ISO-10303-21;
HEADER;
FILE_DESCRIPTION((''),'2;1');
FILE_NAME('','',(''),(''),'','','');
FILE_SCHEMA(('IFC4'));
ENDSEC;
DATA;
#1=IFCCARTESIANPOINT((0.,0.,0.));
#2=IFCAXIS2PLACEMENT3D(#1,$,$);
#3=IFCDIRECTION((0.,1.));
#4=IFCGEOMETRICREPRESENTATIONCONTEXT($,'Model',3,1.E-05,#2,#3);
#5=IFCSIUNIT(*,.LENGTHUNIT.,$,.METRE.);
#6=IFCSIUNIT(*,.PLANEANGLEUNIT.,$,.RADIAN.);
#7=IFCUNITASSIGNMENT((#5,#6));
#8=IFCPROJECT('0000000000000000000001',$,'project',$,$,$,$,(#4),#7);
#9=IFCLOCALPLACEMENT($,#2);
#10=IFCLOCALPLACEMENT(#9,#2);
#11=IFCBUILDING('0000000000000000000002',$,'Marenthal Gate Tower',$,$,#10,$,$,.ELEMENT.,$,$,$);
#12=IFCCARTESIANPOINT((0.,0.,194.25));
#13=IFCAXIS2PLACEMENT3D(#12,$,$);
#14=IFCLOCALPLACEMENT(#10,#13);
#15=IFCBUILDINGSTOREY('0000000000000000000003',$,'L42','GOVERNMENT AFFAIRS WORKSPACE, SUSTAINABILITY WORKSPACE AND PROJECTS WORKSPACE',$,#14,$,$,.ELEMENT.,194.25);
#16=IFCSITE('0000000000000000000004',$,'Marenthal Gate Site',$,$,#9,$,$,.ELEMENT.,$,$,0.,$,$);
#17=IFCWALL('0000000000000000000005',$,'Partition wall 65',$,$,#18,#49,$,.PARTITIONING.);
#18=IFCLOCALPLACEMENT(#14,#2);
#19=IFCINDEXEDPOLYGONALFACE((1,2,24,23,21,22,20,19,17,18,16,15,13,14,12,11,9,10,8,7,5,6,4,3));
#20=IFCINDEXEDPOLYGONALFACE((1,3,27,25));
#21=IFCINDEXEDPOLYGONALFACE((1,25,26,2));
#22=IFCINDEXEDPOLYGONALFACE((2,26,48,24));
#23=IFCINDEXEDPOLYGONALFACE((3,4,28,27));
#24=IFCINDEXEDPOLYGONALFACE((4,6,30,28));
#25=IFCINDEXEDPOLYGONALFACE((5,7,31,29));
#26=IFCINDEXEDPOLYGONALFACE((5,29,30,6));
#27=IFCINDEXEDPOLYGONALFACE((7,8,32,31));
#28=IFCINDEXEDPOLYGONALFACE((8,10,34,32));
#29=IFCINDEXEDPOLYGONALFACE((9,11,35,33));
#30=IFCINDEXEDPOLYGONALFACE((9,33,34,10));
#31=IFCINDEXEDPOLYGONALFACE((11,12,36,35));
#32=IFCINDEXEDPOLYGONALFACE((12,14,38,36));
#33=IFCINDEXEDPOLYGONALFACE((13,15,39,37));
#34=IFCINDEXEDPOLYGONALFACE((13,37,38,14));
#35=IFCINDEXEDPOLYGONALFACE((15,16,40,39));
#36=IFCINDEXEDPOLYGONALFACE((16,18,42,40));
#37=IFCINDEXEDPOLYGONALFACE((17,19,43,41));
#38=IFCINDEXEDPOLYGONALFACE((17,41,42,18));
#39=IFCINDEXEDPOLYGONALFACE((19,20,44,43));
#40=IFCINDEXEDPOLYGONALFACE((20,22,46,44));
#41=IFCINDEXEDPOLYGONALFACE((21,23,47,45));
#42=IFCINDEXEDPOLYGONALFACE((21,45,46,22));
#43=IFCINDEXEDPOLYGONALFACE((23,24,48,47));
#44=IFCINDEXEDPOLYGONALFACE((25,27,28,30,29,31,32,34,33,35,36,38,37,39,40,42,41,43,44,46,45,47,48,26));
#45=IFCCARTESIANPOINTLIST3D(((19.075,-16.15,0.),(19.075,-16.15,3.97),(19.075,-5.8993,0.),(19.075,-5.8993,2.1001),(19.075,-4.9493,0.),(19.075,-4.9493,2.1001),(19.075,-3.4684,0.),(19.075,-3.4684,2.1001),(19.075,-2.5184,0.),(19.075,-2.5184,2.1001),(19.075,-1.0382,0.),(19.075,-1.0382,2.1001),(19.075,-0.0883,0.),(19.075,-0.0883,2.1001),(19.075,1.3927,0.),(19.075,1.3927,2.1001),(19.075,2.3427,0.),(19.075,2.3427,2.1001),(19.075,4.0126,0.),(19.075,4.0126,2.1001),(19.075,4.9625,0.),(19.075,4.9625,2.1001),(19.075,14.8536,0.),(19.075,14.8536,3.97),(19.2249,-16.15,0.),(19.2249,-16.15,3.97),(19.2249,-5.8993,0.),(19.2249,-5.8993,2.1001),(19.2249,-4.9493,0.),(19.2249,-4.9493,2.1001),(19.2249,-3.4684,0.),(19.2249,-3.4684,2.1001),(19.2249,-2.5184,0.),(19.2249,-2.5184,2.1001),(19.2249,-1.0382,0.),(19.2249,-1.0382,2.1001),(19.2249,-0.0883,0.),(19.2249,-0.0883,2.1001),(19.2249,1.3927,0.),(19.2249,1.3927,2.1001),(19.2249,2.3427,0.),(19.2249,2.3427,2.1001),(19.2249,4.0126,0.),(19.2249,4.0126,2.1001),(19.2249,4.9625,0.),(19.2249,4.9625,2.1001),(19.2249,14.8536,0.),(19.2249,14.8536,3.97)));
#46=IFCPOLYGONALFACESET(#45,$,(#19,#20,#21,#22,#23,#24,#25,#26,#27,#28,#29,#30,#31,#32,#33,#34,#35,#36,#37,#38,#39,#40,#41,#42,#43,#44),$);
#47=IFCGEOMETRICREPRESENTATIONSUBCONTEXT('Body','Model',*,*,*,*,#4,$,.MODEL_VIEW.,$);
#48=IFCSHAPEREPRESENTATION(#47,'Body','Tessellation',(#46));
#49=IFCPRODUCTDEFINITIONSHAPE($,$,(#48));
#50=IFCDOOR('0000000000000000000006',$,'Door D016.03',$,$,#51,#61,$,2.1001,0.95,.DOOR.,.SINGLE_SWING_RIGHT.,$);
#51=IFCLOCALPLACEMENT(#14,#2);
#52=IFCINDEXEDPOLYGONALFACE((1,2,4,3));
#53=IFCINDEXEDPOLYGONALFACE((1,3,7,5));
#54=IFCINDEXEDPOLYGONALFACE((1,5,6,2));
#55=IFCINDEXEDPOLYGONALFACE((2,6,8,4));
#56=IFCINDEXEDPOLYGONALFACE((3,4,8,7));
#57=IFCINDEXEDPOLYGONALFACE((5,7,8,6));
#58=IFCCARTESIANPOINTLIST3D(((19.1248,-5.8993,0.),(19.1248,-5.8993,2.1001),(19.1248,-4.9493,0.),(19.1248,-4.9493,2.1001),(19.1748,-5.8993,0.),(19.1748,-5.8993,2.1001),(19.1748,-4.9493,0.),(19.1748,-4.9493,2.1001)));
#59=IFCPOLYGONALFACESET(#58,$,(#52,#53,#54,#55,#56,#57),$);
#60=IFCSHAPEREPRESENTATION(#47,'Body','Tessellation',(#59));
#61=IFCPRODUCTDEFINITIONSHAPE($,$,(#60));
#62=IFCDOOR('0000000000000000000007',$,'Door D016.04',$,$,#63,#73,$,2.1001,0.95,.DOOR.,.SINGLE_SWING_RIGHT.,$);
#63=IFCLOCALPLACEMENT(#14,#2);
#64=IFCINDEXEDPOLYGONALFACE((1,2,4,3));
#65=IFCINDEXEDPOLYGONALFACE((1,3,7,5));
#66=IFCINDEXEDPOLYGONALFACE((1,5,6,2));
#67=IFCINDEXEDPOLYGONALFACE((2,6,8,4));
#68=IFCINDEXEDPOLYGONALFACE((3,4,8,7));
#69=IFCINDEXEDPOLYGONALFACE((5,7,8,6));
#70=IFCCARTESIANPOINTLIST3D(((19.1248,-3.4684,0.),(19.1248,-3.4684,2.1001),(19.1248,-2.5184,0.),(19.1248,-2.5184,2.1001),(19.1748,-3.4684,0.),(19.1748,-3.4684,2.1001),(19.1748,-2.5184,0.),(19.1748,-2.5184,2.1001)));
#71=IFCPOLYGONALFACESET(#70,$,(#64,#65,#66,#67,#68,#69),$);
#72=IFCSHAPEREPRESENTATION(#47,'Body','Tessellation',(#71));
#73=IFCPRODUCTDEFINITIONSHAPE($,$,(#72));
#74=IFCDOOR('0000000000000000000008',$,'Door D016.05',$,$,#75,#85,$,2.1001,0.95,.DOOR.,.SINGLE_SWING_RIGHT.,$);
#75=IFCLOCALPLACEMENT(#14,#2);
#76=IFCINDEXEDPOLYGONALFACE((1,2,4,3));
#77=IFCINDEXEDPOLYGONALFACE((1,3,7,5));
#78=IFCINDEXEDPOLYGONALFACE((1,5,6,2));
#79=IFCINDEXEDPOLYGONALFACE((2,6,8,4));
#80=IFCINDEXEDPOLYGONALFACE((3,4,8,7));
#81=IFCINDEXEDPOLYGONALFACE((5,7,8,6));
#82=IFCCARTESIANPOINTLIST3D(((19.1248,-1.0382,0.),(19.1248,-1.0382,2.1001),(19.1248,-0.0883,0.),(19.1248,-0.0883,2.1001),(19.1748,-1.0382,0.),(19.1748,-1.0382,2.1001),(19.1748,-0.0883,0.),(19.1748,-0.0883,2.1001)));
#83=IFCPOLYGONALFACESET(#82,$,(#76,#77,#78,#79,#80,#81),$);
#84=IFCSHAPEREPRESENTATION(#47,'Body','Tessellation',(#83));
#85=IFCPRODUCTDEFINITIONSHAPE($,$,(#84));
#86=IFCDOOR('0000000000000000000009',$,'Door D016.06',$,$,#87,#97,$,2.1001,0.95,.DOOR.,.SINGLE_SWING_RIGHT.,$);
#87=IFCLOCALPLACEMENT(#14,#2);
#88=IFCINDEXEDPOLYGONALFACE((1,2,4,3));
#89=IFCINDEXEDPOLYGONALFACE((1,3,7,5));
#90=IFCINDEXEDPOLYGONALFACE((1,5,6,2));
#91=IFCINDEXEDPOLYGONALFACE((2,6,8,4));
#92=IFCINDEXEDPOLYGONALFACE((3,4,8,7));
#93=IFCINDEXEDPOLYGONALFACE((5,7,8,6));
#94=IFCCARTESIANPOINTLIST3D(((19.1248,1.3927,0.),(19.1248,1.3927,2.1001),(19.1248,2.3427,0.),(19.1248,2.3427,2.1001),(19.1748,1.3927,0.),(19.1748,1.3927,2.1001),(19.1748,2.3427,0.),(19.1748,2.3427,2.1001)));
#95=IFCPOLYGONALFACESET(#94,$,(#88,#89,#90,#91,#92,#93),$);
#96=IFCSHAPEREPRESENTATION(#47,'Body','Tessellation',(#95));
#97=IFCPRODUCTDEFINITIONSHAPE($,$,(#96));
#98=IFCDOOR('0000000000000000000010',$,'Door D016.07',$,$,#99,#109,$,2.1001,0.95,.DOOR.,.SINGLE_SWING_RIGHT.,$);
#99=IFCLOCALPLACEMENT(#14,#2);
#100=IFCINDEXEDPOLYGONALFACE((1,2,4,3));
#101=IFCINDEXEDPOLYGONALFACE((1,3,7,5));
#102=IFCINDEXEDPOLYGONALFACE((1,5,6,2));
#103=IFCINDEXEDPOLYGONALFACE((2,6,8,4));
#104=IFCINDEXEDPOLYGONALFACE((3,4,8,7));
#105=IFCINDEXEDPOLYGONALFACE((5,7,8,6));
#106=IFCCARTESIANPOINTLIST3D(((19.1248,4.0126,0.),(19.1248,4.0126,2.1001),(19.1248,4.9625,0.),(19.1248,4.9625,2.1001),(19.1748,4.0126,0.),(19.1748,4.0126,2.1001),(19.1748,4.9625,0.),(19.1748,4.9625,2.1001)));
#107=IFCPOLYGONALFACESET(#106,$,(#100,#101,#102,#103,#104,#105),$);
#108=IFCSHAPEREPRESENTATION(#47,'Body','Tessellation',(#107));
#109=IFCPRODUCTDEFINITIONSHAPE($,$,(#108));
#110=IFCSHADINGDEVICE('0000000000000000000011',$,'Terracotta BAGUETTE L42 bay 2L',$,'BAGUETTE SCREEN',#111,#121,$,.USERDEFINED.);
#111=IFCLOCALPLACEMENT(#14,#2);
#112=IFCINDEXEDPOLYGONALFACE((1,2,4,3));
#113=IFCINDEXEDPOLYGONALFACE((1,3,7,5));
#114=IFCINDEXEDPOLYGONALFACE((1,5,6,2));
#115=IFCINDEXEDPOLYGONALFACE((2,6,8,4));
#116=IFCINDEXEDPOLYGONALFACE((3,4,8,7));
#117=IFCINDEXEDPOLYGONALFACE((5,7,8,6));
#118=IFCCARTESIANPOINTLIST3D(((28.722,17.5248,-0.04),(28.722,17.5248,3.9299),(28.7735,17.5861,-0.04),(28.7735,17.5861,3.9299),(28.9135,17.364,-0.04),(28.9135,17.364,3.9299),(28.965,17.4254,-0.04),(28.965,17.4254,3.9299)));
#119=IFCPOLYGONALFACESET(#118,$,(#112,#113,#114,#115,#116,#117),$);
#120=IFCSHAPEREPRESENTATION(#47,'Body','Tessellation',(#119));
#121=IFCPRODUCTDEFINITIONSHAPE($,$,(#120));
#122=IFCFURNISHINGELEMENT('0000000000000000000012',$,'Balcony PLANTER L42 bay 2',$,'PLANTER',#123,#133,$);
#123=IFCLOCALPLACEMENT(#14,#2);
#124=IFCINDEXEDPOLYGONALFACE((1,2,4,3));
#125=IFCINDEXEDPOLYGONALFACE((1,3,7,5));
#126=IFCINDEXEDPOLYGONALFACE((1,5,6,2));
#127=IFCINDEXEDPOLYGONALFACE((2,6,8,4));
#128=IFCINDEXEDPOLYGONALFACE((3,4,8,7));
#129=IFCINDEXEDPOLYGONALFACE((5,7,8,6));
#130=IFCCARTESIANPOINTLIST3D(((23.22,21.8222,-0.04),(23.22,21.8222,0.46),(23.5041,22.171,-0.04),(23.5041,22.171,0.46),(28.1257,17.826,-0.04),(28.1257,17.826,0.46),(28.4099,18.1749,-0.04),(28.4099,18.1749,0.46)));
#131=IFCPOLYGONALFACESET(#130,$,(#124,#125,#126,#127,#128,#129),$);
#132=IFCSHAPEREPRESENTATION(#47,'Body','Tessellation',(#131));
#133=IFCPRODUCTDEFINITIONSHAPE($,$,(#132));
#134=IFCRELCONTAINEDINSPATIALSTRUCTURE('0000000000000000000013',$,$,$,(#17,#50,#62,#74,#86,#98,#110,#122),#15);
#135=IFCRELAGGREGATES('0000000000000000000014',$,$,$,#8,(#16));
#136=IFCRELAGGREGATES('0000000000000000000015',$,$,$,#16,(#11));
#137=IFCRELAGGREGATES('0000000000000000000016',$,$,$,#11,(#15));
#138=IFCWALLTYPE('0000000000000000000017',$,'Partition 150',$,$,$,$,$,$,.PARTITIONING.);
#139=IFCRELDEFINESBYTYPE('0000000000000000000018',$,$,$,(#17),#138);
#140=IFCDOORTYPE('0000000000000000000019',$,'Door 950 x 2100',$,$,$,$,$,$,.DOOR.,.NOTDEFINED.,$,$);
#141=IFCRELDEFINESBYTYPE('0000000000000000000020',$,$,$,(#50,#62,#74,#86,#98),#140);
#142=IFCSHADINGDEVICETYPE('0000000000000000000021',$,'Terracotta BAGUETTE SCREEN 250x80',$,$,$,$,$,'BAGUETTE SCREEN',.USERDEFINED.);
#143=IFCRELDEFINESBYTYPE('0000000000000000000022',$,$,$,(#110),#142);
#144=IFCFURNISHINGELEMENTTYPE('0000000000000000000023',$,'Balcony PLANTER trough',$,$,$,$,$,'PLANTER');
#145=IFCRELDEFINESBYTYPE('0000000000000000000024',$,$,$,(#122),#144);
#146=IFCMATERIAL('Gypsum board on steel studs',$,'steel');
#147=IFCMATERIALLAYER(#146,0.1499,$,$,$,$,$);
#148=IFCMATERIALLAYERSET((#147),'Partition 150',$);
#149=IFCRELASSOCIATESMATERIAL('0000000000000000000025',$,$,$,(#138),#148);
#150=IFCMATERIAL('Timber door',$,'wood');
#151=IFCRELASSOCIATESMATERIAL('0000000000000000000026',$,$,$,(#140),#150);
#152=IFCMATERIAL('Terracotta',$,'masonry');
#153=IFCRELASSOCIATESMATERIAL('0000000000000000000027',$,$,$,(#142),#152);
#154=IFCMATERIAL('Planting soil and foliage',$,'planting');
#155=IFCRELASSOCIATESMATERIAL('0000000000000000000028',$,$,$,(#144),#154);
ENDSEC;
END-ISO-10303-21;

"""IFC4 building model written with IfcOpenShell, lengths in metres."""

from ifc_helpers import new_model, si_unit, direction, frame, frame_2d, origin, origin_2d, place, context, subcontext, project, spatial, rectangle, extrude, material, layer, layer_set, material_profile, profile_set, type_object, element, fill, save


model = new_model("IFC4")

# Units and contexts
model_context = context("Model", 3, precision=1e-05, world=origin(), true_north=direction((0.0, 1.0)))
body_context = subcontext(model_context, "Body", "Model", "MODEL_VIEW")
ifc_project = project(units=[si_unit("LENGTHUNIT", "METRE"), si_unit("PLANEANGLEUNIT", "RADIAN")], contexts=[model_context])

# Site, building, storey
site_placement = place(None, origin())
site = spatial("IfcSite", under=ifc_project, at=site_placement, Name="Marenthal Gate Site", CompositionType="ELEMENT", RefElevation=0.0)
building_placement = place(site_placement, origin())
building = spatial("IfcBuilding", under=site, at=building_placement, Name="Marenthal Gate Tower", CompositionType="ELEMENT")
storey_placement = place(building_placement, frame((0.0, 0.0, 194.25)))
storey = spatial("IfcBuildingStorey", under=building, at=storey_placement, Name="L42", Description="GOVERNMENT AFFAIRS WORKSPACE, SUSTAINABILITY WORKSPACE AND PROJECTS WORKSPACE", CompositionType="ELEMENT", Elevation=194.25)

# Shared definitions
ifc_material_1 = material(Name="Gypsum board on steel studs", Category="steel")
ifc_layer_1 = layer(ifc_material_1, 0.1499)
ifc_layer_set_1 = layer_set([ifc_layer_1], Name="Partition 150")
wall_type_1 = type_object("IfcWallType", Name="Partition 150", PredefinedType="PARTITIONING", material=ifc_layer_set_1)

# Wall, openings, doors
wall_1_placement = place(storey_placement, frame((19.1499, 14.8538, 0.0), z_axis=(0.0, 0.0, 1.0), x_axis=(0.0, -1.0, 0.0)))
wall_1 = element("IfcWall", 1, at=wall_1_placement, inside=storey, type_object=wall_type_1, Name="Partition wall 65", PredefinedType="PARTITIONING", context=body_context, shape_type="SweptSolid", body=[
    extrude(rectangle(XDim=31.0037, YDim=0.1499, at=frame_2d((15.502, 0.0))), origin(), (0.0, 0.0, 1.0), 3.97),
])
opening_1_placement = place(wall_1_placement, frame((19.803, 0.0, 0.0)))
opening_1 = element("IfcOpeningElement", 2, at=opening_1_placement, cuts=wall_1, PredefinedType="OPENING", context=body_context, shape_type="SweptSolid", body=[
    extrude(rectangle(XDim=0.95, YDim=2.1001, at=frame_2d((0.4751, 1.05))), frame((0.0, 0.085, 0.0), z_axis=(0.0, -1.0, 0.0), x_axis=(1.0, 0.0, 0.0)), (0.0, 0.0, 1.0), 0.1699),
])
opening_2_placement = place(wall_1_placement, frame((17.3721, 0.0, 0.0)))
opening_2 = element("IfcOpeningElement", 3, at=opening_2_placement, cuts=wall_1, PredefinedType="OPENING", context=body_context, shape_type="SweptSolid", body=[
    extrude(rectangle(XDim=0.95, YDim=2.1001, at=frame_2d((0.4751, 1.05))), frame((0.0, 0.085, 0.0), z_axis=(0.0, -1.0, 0.0), x_axis=(1.0, 0.0, 0.0)), (0.0, 0.0, 1.0), 0.1699),
])
opening_3_placement = place(wall_1_placement, frame((14.9419, 0.0, 0.0)))
opening_3 = element("IfcOpeningElement", 4, at=opening_3_placement, cuts=wall_1, PredefinedType="OPENING", context=body_context, shape_type="SweptSolid", body=[
    extrude(rectangle(XDim=0.95, YDim=2.1001, at=frame_2d((0.4751, 1.05))), frame((0.0, 0.085, 0.0), z_axis=(0.0, -1.0, 0.0), x_axis=(1.0, 0.0, 0.0)), (0.0, 0.0, 1.0), 0.1699),
])
opening_4_placement = place(wall_1_placement, frame((12.511, 0.0, 0.0)))
opening_4 = element("IfcOpeningElement", 5, at=opening_4_placement, cuts=wall_1, PredefinedType="OPENING", context=body_context, shape_type="SweptSolid", body=[
    extrude(rectangle(XDim=0.95, YDim=2.1001, at=frame_2d((0.4751, 1.05))), frame((0.0, 0.085, 0.0), z_axis=(0.0, -1.0, 0.0), x_axis=(1.0, 0.0, 0.0)), (0.0, 0.0, 1.0), 0.1699),
])
opening_5_placement = place(wall_1_placement, frame((9.8911, 0.0, 0.0)))
opening_5 = element("IfcOpeningElement", 6, at=opening_5_placement, cuts=wall_1, PredefinedType="OPENING", context=body_context, shape_type="SweptSolid", body=[
    extrude(rectangle(XDim=0.95, YDim=2.1001, at=frame_2d((0.4751, 1.05))), frame((0.0, 0.085, 0.0), z_axis=(0.0, -1.0, 0.0), x_axis=(1.0, 0.0, 0.0)), (0.0, 0.0, 1.0), 0.1699),
])
ifc_material_2 = material(Name="Timber door", Category="wood")
door_type_1 = type_object("IfcDoorType", Name="Door 950 x 2100", OperationType="NOTDEFINED", PredefinedType="DOOR", material=ifc_material_2)
door_1_placement = place(opening_1_placement, origin())
door_1 = element("IfcDoor", 7, at=door_1_placement, inside=storey, type_object=door_type_1, Name="Door D016.03", OperationType="SINGLE_SWING_RIGHT", OverallHeight=2.1001, OverallWidth=0.95, PredefinedType="DOOR", context=body_context, shape_type="SweptSolid", body=[
    extrude(rectangle(XDim=0.95, YDim=2.1001, at=frame_2d((0.4751, 1.05))), frame((0.0, 0.0249, 0.0), z_axis=(0.0, -1.0, 0.0), x_axis=(1.0, 0.0, 0.0)), (0.0, 0.0, 1.0), 0.05),
])
fill(opening_1, door_1)
door_2_placement = place(opening_2_placement, origin())
door_2 = element("IfcDoor", 8, at=door_2_placement, inside=storey, type_object=door_type_1, Name="Door D016.04", OperationType="SINGLE_SWING_RIGHT", OverallHeight=2.1001, OverallWidth=0.95, PredefinedType="DOOR", context=body_context, shape_type="SweptSolid", body=[
    extrude(rectangle(XDim=0.95, YDim=2.1001, at=frame_2d((0.4751, 1.05))), frame((0.0, 0.0249, 0.0), z_axis=(0.0, -1.0, 0.0), x_axis=(1.0, 0.0, 0.0)), (0.0, 0.0, 1.0), 0.05),
])
fill(opening_2, door_2)
door_3_placement = place(opening_3_placement, origin())
door_3 = element("IfcDoor", 9, at=door_3_placement, inside=storey, type_object=door_type_1, Name="Door D016.05", OperationType="SINGLE_SWING_RIGHT", OverallHeight=2.1001, OverallWidth=0.95, PredefinedType="DOOR", context=body_context, shape_type="SweptSolid", body=[
    extrude(rectangle(XDim=0.95, YDim=2.1001, at=frame_2d((0.4751, 1.05))), frame((0.0, 0.0249, 0.0), z_axis=(0.0, -1.0, 0.0), x_axis=(1.0, 0.0, 0.0)), (0.0, 0.0, 1.0), 0.05),
])
fill(opening_3, door_3)
door_4_placement = place(opening_4_placement, origin())
door_4 = element("IfcDoor", 10, at=door_4_placement, inside=storey, type_object=door_type_1, Name="Door D016.06", OperationType="SINGLE_SWING_RIGHT", OverallHeight=2.1001, OverallWidth=0.95, PredefinedType="DOOR", context=body_context, shape_type="SweptSolid", body=[
    extrude(rectangle(XDim=0.95, YDim=2.1001, at=frame_2d((0.4751, 1.05))), frame((0.0, 0.0249, 0.0), z_axis=(0.0, -1.0, 0.0), x_axis=(1.0, 0.0, 0.0)), (0.0, 0.0, 1.0), 0.05),
])
fill(opening_4, door_4)
door_5_placement = place(opening_5_placement, origin())
door_5 = element("IfcDoor", 11, at=door_5_placement, inside=storey, type_object=door_type_1, Name="Door D016.07", OperationType="SINGLE_SWING_RIGHT", OverallHeight=2.1001, OverallWidth=0.95, PredefinedType="DOOR", context=body_context, shape_type="SweptSolid", body=[
    extrude(rectangle(XDim=0.95, YDim=2.1001, at=frame_2d((0.4751, 1.05))), frame((0.0, 0.0249, 0.0), z_axis=(0.0, -1.0, 0.0), x_axis=(1.0, 0.0, 0.0)), (0.0, 0.0, 1.0), 0.05),
])
fill(opening_5, door_5)

# Shading device
ifc_material_3 = material(Name="Terracotta", Category="masonry")
ifc_material_profile_1 = material_profile(ifc_material_3, rectangle(XDim=0.25, YDim=0.0801, at=origin_2d()), Name="Terracotta baguette 250x80")
ifc_profile_set_1 = profile_set([ifc_material_profile_1], Name="Terracotta")
shading_device_type = type_object("IfcShadingDeviceType", Name="Terracotta BAGUETTE SCREEN 250x80", ElementType="BAGUETTE SCREEN", PredefinedType="USERDEFINED", material=ifc_profile_set_1)
shading_device_placement = place(storey_placement, frame((28.8435, 17.4751, -0.04), z_axis=(0.0, 0.0, 1.0), x_axis=(-0.76578, 0.643103, 0.0)))
element("IfcShadingDevice", 12, at=shading_device_placement, inside=storey, type_object=shading_device_type, Name="Terracotta BAGUETTE L42 bay 2L", ObjectType="BAGUETTE SCREEN", PredefinedType="USERDEFINED", context=body_context, shape_type="SweptSolid", body=[
    extrude(rectangle(XDim=0.25, YDim=0.0801, at=origin_2d()), origin(), (0.0, 0.0, 1.0), 3.97),
])

# Furnishing element
ifc_material_4 = material(Name="Planting soil and foliage", Category="planting")
furnishing_element_type = type_object("IfcFurnishingElementType", Name="Balcony PLANTER trough", ElementType="PLANTER", material=ifc_material_4)
furnishing_placement = place(storey_placement, frame((25.8149, 19.9985, -0.04), z_axis=(0.0, 0.0, 1.0), x_axis=(-0.775322, 0.631567, 0.0)))
element("IfcFurnishingElement", 13, at=furnishing_placement, inside=storey, type_object=furnishing_element_type, Name="Balcony PLANTER L42 bay 2", ObjectType="PLANTER", context=body_context, shape_type="SweptSolid", body=[
    extrude(rectangle(XDim=6.3274, YDim=0.45, at=origin_2d()), origin(), (0.0, 0.0, 1.0), 0.5),
])

save(model, "model.ifc")
